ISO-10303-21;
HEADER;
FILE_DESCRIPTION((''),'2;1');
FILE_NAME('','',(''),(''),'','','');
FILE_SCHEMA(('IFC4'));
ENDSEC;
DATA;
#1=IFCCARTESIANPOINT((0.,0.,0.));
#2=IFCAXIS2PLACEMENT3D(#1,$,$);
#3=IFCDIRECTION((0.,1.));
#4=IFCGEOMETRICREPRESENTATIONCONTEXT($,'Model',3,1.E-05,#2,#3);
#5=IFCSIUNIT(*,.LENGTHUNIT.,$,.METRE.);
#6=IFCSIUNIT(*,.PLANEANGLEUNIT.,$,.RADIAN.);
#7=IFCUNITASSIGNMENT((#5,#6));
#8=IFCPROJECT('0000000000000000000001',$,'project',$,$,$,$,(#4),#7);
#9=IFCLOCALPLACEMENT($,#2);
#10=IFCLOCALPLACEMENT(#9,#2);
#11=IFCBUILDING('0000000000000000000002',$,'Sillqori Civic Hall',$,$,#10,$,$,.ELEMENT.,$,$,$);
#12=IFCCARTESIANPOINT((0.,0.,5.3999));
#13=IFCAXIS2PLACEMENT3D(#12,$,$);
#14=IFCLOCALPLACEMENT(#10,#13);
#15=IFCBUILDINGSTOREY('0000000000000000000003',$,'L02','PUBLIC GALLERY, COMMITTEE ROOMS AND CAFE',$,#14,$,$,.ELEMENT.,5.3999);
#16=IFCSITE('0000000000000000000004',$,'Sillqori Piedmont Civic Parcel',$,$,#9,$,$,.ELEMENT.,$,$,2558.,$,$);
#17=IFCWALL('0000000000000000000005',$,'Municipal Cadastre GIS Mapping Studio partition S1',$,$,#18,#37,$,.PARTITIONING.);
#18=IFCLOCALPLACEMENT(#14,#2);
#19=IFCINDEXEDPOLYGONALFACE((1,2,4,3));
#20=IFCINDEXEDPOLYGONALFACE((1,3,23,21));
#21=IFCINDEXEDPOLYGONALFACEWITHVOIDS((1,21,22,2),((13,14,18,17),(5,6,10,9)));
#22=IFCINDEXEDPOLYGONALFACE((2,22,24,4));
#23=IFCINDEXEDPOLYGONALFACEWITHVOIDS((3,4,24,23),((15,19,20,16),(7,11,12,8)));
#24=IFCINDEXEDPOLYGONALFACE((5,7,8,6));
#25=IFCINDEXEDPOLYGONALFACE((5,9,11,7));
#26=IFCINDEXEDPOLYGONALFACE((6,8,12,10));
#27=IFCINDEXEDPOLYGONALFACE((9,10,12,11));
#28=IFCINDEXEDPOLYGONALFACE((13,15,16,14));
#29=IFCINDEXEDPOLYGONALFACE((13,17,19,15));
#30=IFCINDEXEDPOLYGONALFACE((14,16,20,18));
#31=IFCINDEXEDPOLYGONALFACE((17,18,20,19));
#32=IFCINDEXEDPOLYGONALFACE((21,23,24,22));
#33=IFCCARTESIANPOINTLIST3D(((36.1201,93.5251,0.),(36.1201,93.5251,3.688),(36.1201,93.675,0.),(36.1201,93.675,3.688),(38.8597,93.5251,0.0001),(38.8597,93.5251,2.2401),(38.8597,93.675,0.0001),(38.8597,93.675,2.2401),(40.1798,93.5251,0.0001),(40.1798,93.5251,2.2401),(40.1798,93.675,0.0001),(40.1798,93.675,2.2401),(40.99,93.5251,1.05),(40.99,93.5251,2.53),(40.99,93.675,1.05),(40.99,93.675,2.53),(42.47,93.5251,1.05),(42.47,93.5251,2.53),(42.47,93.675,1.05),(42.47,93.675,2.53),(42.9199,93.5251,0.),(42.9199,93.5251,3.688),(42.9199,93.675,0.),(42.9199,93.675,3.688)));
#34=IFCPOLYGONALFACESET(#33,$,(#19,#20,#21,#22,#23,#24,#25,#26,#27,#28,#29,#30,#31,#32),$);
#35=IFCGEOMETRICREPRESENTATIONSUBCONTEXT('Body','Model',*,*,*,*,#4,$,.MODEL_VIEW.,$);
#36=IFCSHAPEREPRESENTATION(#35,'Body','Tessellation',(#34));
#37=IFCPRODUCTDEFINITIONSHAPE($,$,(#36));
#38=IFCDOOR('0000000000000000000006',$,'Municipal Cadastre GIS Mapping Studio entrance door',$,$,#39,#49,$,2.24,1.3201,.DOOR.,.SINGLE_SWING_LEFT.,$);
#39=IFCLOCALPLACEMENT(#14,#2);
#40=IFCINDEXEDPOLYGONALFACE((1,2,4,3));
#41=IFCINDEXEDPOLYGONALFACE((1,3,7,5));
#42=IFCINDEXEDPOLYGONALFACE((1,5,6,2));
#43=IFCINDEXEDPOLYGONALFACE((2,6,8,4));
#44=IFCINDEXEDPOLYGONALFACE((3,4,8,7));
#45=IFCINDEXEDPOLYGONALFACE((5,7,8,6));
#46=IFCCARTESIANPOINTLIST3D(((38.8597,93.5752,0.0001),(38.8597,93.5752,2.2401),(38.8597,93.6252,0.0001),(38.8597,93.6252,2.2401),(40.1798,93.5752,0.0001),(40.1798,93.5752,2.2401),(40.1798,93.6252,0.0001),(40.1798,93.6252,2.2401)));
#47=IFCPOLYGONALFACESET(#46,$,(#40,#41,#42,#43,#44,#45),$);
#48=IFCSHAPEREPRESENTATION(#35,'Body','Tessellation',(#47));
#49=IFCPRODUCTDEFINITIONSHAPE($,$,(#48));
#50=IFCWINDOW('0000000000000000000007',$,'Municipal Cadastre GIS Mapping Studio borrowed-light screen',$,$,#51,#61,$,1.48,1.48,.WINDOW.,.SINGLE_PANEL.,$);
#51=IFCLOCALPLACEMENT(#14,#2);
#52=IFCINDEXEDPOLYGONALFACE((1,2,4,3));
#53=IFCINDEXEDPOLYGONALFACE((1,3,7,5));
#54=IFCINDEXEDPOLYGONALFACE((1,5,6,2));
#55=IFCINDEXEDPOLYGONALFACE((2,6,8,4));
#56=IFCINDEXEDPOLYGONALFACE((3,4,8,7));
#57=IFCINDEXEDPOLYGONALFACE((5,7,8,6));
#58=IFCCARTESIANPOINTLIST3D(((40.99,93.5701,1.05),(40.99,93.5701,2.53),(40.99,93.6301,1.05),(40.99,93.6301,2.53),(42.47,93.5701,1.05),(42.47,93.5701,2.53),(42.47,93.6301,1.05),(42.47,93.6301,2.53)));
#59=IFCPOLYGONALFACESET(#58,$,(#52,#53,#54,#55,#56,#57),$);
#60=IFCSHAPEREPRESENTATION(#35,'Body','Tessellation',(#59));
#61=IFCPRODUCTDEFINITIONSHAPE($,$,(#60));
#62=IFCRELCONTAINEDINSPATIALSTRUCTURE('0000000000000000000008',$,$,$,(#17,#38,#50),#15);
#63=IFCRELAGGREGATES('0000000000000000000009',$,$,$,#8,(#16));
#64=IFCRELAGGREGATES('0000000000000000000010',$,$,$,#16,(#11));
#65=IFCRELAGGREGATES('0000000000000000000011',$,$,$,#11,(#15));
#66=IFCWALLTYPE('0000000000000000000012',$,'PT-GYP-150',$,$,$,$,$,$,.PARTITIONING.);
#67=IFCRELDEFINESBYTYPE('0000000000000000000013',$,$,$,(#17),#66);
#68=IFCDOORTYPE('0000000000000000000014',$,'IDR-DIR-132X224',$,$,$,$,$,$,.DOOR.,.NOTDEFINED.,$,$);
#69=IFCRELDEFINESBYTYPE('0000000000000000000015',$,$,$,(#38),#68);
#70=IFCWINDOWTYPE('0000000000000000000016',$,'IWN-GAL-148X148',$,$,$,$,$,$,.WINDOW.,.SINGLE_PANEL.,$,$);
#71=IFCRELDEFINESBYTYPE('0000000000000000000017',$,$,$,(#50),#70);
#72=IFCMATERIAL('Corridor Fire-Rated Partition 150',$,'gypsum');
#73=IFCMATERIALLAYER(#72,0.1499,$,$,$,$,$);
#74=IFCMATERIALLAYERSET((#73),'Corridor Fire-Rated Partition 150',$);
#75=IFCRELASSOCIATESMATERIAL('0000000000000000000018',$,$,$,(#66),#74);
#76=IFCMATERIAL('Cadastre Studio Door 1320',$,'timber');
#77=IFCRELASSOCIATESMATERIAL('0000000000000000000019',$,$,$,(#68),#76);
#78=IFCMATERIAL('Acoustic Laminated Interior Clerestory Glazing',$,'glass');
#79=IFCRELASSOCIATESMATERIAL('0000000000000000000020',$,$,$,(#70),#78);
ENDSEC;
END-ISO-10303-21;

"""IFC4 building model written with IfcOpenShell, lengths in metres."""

from ifc_helpers import new_model, si_unit, direction, frame, frame_2d, origin, place, context, subcontext, project, spatial, rectangle, extrude, material, layer, layer_set, type_object, element, fill, save


model = new_model("IFC4")

# Units and contexts
model_context = context("Model", 3, precision=1e-05, world=origin(), true_north=direction((0.0, 1.0)))
body_context = subcontext(model_context, "Body", "Model", "MODEL_VIEW")
ifc_project = project(units=[si_unit("LENGTHUNIT", "METRE"), si_unit("PLANEANGLEUNIT", "RADIAN")], contexts=[model_context])

# Site, building, storey
site_placement = place(None, origin())
site = spatial("IfcSite", under=ifc_project, at=site_placement, Name="Sillqori Piedmont Civic Parcel", CompositionType="ELEMENT", RefElevation=2558.0)
building_placement = place(site_placement, origin())
building = spatial("IfcBuilding", under=site, at=building_placement, Name="Sillqori Civic Hall", CompositionType="ELEMENT")
storey_placement = place(building_placement, frame((0.0, 0.0, 5.3999)))
storey = spatial("IfcBuildingStorey", under=building, at=storey_placement, Name="L02", Description="PUBLIC GALLERY, COMMITTEE ROOMS AND CAFE", CompositionType="ELEMENT", Elevation=5.3999)

# Wall, openings, door, window
ifc_material_1 = material(Name="Corridor Fire-Rated Partition 150", Category="gypsum")
ifc_layer_1 = layer(ifc_material_1, 0.1499)
ifc_layer_set_1 = layer_set([ifc_layer_1], Name="Corridor Fire-Rated Partition 150")
wall_type = type_object("IfcWallType", Name="PT-GYP-150", PredefinedType="PARTITIONING", material=ifc_layer_set_1)
wall_placement = place(storey_placement, frame((42.9199, 93.6001, 0.0), z_axis=(0.0, 0.0, 1.0), x_axis=(-1.0, 0.0, 0.0)))
wall = element("IfcWall", 1, at=wall_placement, inside=storey, type_object=wall_type, Name="Municipal Cadastre GIS Mapping Studio partition S1", PredefinedType="PARTITIONING", context=body_context, shape_type="SweptSolid", body=[
    extrude(rectangle(XDim=6.7998, YDim=0.1499, at=frame_2d((3.3999, 0.0))), origin(), (0.0, 0.0, 1.0), 3.688),
])
opening_1_placement = place(wall_placement, frame((2.74, 0.0, 0.0)))
opening_1 = element("IfcOpeningElement", 2, at=opening_1_placement, cuts=wall, PredefinedType="OPENING", context=body_context, shape_type="SweptSolid", body=[
    extrude(rectangle(XDim=1.3201, YDim=2.24, at=frame_2d((0.6602, 1.1201))), frame((0.0, 0.085, 0.0), z_axis=(0.0, -1.0, 0.0), x_axis=(1.0, 0.0, 0.0)), (0.0, 0.0, 1.0), 0.1699),
])
opening_2_placement = place(wall_placement, frame((0.45, 0.0, 1.05)))
opening_2 = element("IfcOpeningElement", 3, at=opening_2_placement, cuts=wall, PredefinedType="OPENING", context=body_context, shape_type="SweptSolid", body=[
    extrude(rectangle(XDim=1.48, YDim=1.48, at=frame_2d((0.74, 0.74))), frame((0.0, 0.085, 0.0), z_axis=(0.0, -1.0, 0.0), x_axis=(1.0, 0.0, 0.0)), (0.0, 0.0, 1.0), 0.1699),
])
ifc_material_2 = material(Name="Cadastre Studio Door 1320", Category="timber")
door_type = type_object("IfcDoorType", Name="IDR-DIR-132X224", OperationType="NOTDEFINED", PredefinedType="DOOR", material=ifc_material_2)
door_placement = place(opening_1_placement, origin())
door = element("IfcDoor", 4, at=door_placement, inside=storey, type_object=door_type, Name="Municipal Cadastre GIS Mapping Studio entrance door", OperationType="SINGLE_SWING_LEFT", OverallHeight=2.24, OverallWidth=1.3201, PredefinedType="DOOR", context=body_context, shape_type="SweptSolid", body=[
    extrude(rectangle(XDim=1.3201, YDim=2.24, at=frame_2d((0.6602, 1.1201))), frame((0.0, 0.0249, 0.0), z_axis=(0.0, -1.0, 0.0), x_axis=(1.0, 0.0, 0.0)), (0.0, 0.0, 1.0), 0.05),
])
fill(opening_1, door)
ifc_material_3 = material(Name="Acoustic Laminated Interior Clerestory Glazing", Category="glass")
window_type = type_object("IfcWindowType", Name="IWN-GAL-148X148", PartitioningType="SINGLE_PANEL", PredefinedType="WINDOW", material=ifc_material_3)
window_placement = place(opening_2_placement, origin())
window = element("IfcWindow", 5, at=window_placement, inside=storey, type_object=window_type, Name="Municipal Cadastre GIS Mapping Studio borrowed-light screen", OverallHeight=1.48, OverallWidth=1.48, PartitioningType="SINGLE_PANEL", PredefinedType="WINDOW", context=body_context, shape_type="SweptSolid", body=[
    extrude(rectangle(XDim=1.48, YDim=1.48, at=frame_2d((0.74, 0.74))), frame((0.0, 0.03, 0.0), z_axis=(0.0, -1.0, 0.0), x_axis=(1.0, 0.0, 0.0)), (0.0, 0.0, 1.0), 0.0601),
])
fill(opening_2, window)

save(model, "model.ifc")
